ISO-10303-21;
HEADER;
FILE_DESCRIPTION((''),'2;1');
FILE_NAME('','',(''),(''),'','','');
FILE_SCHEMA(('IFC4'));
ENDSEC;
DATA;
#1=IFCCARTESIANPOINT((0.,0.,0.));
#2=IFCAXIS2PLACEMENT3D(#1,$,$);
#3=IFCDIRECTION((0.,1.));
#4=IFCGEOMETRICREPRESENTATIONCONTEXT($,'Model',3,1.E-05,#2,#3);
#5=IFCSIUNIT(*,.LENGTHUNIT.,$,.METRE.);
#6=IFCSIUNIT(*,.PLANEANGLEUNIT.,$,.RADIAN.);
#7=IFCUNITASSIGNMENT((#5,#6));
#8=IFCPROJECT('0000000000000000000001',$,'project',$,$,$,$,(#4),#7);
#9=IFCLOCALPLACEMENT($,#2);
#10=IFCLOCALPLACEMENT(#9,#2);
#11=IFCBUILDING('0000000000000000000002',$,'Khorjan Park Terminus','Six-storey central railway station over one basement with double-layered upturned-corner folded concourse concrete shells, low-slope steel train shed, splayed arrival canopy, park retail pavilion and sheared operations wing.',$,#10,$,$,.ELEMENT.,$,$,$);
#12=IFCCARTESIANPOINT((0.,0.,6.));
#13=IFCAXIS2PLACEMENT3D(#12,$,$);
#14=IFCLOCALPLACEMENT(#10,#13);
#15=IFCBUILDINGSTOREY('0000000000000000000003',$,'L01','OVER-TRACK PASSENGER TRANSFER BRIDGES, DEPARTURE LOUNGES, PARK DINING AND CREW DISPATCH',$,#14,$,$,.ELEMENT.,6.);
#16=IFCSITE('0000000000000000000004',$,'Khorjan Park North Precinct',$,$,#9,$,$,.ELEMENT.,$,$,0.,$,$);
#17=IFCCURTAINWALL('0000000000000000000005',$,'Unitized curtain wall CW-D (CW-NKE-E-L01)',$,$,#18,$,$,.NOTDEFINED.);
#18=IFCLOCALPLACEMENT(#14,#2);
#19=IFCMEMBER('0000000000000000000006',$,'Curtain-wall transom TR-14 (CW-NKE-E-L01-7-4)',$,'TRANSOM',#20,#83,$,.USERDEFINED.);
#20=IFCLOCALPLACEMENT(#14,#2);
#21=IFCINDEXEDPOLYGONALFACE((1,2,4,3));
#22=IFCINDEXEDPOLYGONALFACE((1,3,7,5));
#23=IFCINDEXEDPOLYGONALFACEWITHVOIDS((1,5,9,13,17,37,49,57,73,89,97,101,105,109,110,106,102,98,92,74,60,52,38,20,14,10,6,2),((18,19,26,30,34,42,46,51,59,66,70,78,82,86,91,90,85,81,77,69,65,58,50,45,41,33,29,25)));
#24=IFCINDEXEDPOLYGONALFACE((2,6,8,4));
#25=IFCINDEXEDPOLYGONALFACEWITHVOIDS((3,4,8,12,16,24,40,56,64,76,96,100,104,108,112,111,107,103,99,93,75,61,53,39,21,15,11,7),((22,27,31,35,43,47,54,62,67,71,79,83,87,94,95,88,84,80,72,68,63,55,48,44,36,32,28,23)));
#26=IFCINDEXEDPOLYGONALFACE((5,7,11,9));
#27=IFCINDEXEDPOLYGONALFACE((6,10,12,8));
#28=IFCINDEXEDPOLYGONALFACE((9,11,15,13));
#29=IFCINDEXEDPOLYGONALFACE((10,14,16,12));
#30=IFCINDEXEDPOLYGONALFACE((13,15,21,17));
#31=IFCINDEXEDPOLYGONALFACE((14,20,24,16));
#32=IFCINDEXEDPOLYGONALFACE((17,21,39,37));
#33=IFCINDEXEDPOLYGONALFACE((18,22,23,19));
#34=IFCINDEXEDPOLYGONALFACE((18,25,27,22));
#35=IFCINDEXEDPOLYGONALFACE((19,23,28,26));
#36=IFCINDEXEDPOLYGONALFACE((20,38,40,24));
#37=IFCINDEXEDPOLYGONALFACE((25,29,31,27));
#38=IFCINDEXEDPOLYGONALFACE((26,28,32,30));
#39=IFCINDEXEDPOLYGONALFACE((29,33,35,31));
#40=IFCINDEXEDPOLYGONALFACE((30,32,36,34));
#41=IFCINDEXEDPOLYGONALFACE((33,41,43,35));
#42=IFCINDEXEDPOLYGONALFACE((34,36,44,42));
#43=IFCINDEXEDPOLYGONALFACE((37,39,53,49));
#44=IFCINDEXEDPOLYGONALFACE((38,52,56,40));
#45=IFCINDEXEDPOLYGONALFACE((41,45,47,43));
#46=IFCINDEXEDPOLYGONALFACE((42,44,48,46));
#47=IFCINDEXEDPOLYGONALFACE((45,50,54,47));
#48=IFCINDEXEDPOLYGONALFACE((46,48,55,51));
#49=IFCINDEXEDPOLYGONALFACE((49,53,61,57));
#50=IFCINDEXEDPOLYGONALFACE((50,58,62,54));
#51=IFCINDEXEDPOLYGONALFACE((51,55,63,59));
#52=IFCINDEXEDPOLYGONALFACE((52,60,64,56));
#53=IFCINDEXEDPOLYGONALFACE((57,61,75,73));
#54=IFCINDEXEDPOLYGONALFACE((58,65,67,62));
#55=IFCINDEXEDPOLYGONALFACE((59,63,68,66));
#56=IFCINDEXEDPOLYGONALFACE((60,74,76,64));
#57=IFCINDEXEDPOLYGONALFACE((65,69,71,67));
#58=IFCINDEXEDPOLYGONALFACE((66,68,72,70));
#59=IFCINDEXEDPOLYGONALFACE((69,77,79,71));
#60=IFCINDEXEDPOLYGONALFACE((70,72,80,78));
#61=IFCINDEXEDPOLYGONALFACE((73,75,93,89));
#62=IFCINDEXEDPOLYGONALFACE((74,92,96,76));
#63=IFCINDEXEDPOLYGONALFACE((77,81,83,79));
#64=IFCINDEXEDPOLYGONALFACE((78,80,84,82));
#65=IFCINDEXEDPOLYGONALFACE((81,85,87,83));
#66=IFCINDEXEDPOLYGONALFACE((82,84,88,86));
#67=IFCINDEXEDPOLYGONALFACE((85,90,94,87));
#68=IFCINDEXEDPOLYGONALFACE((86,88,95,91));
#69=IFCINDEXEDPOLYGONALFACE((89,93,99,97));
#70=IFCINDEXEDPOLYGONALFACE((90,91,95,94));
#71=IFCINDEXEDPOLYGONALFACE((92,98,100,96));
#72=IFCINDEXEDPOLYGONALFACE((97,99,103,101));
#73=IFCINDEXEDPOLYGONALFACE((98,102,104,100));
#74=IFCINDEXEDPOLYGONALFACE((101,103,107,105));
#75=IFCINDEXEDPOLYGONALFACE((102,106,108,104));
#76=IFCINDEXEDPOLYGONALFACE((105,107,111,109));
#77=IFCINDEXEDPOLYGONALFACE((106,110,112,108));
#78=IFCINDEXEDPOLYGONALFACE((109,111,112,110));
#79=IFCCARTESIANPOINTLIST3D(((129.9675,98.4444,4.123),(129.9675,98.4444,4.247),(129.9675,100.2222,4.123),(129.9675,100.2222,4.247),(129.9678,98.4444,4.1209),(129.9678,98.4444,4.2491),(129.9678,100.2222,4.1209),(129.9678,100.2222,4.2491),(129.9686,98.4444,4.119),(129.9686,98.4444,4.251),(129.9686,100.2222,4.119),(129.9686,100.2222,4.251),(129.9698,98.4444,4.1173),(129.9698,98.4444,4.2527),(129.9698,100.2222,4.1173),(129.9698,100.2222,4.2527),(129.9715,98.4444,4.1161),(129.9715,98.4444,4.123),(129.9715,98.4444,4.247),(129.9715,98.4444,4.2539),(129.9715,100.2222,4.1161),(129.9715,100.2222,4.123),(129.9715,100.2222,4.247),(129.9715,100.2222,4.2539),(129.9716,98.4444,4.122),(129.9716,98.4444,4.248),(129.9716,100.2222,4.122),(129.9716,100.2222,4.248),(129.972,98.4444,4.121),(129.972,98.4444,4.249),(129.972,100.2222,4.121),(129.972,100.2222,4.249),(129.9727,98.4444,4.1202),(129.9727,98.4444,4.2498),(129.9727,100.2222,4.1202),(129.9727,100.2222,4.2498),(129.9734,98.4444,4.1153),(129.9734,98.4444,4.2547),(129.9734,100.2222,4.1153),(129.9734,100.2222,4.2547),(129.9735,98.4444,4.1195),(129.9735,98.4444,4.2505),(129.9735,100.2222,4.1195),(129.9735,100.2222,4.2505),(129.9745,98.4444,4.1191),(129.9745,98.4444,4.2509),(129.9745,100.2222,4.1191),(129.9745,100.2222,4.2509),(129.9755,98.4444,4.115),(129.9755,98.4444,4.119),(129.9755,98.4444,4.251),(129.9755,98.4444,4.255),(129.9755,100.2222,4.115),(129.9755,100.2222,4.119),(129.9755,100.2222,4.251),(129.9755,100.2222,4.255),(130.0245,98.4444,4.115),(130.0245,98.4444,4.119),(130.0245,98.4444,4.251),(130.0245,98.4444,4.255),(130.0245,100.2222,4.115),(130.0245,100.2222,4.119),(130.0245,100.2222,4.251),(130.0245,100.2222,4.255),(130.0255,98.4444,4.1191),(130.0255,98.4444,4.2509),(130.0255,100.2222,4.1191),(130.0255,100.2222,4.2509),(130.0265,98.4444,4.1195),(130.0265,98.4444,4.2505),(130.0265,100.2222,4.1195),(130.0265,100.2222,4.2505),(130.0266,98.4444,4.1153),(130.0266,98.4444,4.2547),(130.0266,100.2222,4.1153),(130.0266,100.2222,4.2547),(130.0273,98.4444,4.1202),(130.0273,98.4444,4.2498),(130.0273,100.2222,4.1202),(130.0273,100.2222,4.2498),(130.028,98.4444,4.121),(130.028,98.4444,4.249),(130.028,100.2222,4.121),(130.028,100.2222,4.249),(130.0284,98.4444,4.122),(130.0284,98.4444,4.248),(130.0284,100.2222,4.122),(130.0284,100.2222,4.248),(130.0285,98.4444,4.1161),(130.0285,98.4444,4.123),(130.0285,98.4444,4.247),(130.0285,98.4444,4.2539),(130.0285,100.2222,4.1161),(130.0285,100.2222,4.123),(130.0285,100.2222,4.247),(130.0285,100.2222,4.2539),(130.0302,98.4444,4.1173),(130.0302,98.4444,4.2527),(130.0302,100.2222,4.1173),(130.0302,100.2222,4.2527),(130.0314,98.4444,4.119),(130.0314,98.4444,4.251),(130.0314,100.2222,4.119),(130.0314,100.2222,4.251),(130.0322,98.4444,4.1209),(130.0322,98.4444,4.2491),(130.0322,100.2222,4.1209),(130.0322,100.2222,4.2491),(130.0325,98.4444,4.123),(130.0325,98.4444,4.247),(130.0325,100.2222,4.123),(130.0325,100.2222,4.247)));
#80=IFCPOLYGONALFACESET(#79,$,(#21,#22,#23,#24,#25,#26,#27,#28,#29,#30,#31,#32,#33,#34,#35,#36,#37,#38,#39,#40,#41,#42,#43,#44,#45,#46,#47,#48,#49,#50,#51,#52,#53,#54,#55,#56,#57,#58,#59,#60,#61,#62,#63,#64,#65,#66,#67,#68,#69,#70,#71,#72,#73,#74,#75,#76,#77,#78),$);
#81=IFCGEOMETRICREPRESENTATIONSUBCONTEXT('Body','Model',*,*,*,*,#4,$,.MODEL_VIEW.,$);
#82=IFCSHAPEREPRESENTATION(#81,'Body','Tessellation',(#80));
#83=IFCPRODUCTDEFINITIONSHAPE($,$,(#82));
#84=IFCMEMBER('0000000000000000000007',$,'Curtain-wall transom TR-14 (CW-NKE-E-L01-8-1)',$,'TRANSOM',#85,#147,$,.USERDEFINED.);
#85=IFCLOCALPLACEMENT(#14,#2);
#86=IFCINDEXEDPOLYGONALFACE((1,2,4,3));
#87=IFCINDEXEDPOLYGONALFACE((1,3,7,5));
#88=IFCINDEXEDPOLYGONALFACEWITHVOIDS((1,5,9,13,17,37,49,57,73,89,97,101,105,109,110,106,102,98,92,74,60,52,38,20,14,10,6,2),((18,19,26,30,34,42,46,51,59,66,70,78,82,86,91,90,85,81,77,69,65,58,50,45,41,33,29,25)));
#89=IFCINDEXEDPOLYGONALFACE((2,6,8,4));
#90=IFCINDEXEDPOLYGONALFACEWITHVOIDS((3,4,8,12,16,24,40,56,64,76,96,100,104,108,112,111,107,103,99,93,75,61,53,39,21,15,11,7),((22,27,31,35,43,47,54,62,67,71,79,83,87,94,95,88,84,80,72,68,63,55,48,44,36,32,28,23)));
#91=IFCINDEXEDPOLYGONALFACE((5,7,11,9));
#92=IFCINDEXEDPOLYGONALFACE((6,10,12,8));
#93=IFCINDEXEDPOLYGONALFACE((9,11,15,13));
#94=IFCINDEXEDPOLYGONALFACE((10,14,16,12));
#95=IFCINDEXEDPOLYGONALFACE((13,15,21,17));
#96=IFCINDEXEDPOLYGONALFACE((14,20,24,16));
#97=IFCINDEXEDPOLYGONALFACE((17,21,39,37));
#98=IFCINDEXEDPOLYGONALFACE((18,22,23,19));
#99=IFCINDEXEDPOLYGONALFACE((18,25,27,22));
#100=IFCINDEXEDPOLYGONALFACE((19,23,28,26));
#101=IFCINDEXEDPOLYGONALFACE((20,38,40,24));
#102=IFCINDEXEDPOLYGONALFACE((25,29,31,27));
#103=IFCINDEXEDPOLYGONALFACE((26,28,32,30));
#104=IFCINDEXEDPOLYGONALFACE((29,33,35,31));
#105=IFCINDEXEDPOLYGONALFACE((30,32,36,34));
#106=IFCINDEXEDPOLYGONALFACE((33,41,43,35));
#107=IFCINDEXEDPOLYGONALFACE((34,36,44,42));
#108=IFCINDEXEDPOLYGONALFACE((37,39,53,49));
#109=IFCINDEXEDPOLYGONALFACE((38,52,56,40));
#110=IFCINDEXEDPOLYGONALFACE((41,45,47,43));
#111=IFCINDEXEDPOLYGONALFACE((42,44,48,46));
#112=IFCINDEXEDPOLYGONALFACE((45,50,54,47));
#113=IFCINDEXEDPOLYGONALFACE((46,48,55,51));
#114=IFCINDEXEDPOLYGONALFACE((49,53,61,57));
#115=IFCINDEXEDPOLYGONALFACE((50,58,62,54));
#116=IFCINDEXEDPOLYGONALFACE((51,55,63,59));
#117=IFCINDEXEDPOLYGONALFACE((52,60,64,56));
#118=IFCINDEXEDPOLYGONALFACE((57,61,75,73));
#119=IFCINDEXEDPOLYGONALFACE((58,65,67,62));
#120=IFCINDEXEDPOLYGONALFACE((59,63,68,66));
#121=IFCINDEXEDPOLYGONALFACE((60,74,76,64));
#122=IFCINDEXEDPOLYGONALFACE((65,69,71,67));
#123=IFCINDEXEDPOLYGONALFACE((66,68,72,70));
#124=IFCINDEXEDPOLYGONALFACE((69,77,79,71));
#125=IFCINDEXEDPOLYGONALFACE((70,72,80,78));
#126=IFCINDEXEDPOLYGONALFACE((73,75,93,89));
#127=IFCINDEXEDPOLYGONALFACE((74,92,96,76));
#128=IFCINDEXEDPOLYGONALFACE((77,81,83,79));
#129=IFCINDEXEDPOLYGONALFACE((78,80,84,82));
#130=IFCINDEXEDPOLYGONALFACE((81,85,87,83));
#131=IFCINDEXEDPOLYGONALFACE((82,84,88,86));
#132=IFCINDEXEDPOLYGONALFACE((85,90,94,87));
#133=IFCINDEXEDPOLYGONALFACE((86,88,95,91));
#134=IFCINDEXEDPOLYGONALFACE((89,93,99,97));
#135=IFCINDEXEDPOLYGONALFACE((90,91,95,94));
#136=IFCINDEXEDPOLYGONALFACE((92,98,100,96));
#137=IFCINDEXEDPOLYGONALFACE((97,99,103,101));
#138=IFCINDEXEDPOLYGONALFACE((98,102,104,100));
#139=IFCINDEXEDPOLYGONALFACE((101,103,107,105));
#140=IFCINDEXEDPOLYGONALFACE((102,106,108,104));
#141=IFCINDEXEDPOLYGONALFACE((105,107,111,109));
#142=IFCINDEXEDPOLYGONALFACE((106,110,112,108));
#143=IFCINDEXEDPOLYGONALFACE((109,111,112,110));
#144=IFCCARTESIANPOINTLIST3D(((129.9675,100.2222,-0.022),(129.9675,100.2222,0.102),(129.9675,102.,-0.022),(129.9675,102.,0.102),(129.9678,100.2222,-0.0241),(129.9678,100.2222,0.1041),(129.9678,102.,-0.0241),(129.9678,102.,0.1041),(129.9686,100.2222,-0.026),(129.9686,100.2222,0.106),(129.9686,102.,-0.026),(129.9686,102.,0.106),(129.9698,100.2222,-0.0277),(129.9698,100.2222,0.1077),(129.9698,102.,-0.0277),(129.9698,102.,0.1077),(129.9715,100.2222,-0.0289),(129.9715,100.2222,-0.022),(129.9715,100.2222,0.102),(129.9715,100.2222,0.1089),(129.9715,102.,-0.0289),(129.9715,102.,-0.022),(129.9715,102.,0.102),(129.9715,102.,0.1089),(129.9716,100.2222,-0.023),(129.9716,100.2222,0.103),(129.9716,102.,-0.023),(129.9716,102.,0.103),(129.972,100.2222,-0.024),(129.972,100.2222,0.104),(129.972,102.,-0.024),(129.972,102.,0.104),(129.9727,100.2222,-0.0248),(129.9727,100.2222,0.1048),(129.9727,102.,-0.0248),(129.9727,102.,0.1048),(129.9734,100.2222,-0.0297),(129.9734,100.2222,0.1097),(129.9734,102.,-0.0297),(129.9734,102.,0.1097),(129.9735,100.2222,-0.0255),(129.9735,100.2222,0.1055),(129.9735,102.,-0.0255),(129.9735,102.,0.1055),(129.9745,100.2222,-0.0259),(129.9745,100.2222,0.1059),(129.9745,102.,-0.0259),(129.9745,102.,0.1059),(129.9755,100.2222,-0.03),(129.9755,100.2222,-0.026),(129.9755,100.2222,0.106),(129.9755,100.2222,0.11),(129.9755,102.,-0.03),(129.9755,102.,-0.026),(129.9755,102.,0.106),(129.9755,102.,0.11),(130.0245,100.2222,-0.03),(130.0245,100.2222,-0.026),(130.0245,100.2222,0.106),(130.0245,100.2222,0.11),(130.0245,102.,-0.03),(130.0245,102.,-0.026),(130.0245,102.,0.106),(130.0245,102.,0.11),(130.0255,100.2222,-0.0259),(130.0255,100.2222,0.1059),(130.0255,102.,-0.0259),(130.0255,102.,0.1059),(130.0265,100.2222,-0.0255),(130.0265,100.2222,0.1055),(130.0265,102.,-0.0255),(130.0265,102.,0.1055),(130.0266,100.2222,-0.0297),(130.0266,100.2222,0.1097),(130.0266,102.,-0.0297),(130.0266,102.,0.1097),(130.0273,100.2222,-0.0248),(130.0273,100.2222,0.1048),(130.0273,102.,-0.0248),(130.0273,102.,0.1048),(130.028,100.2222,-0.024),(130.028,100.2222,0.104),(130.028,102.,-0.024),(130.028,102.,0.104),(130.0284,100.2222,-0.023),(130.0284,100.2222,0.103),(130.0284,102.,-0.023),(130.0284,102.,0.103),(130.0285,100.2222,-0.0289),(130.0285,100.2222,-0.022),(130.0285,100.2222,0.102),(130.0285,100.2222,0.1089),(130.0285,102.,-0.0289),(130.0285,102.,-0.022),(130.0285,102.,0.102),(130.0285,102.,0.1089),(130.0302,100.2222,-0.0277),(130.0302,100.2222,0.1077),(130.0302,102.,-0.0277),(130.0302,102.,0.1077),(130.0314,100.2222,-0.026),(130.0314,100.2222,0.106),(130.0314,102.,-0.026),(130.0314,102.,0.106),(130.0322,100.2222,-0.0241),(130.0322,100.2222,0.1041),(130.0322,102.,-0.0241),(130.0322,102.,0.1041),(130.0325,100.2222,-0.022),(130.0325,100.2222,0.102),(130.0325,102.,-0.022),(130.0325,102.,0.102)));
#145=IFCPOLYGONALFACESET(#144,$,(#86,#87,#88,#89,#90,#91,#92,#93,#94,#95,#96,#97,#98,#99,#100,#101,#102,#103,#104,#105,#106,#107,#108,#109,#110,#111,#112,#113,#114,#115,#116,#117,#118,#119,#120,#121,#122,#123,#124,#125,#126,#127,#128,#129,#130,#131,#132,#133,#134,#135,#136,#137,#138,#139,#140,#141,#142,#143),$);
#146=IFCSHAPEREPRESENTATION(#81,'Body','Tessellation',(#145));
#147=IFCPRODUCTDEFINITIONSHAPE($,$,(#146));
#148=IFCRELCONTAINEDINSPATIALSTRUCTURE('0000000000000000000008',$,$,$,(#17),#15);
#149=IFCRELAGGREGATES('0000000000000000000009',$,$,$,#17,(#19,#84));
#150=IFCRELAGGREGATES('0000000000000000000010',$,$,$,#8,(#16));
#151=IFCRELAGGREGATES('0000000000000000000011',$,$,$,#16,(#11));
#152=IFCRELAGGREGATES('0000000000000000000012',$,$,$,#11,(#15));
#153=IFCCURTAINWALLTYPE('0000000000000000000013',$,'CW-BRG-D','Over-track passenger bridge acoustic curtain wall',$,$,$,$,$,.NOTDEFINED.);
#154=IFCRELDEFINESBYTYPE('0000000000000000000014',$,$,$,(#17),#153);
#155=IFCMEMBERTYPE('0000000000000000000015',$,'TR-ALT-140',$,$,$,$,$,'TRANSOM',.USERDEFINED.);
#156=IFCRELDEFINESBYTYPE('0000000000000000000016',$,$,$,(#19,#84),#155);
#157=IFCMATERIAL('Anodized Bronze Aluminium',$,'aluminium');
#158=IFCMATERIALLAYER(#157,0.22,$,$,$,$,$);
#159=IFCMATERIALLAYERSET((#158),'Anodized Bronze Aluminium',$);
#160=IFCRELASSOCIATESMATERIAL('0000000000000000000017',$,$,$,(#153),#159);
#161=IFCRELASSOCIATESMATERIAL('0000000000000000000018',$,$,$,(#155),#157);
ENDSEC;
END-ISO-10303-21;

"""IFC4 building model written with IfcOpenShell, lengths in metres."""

from ifc_helpers import new_model, si_unit, direction, frame, origin, origin_2d, place, context, subcontext, project, spatial, hollow_rectangle, extrude, material, layer, layer_set, material_profile, profile_set, type_object, element, aggregate, save


model = new_model("IFC4")

# Units and contexts
model_context = context("Model", 3, precision=1e-05, world=origin(), true_north=direction((0.0, 1.0)))
body_context = subcontext(model_context, "Body", "Model", "MODEL_VIEW")
ifc_project = project(units=[si_unit("LENGTHUNIT", "METRE"), si_unit("PLANEANGLEUNIT", "RADIAN")], contexts=[model_context])

# Site, building, storey
site_placement = place(None, origin())
site = spatial("IfcSite", under=ifc_project, at=site_placement, Name="Khorjan Park North Precinct", CompositionType="ELEMENT", RefElevation=0.0)
building_placement = place(site_placement, origin())
building = spatial("IfcBuilding", under=site, at=building_placement, Name="Khorjan Park Terminus", Description="Six-storey central railway station over one basement with double-layered upturned-corner folded concourse concrete shells, low-slope steel train shed, splayed arrival canopy, park retail pavilion and sheared operations wing.", CompositionType="ELEMENT")
storey_placement = place(building_placement, frame((0.0, 0.0, 6.0)))
storey = spatial("IfcBuildingStorey", under=building, at=storey_placement, Name="L01", Description="OVER-TRACK PASSENGER TRANSFER BRIDGES, DEPARTURE LOUNGES, PARK DINING AND CREW DISPATCH", CompositionType="ELEMENT", Elevation=6.0)

# Curtain wall, members
ifc_material_1 = material(Name="Anodized Bronze Aluminium", Category="aluminium")
ifc_layer_1 = layer(ifc_material_1, 0.22)
ifc_layer_set_1 = layer_set([ifc_layer_1], Name="Anodized Bronze Aluminium")
curtain_wall_type = type_object("IfcCurtainWallType", Name="CW-BRG-D", Description="Over-track passenger bridge acoustic curtain wall", PredefinedType="NOTDEFINED", material=ifc_layer_set_1)
curtain_wall_placement = place(storey_placement, origin())
curtain_wall = element("IfcCurtainWall", 1, at=curtain_wall_placement, inside=storey, type_object=curtain_wall_type, Name="Unitized curtain wall CW-D (CW-NKE-E-L01)", PredefinedType="NOTDEFINED")
ifc_material_profile_1 = material_profile(ifc_material_1, hollow_rectangle(XDim=0.065, YDim=0.14, WallThickness=0.004, InnerFilletRadius=0.004, OuterFilletRadius=0.008, at=origin_2d()), Name="ALT 65x140x4")
ifc_profile_set_1 = profile_set([ifc_material_profile_1], Name="Anodized Bronze Aluminium")
member_type_1 = type_object("IfcMemberType", Name="TR-ALT-140", ElementType="TRANSOM", PredefinedType="USERDEFINED", material=ifc_profile_set_1)
member_1_placement = place(storey_placement, frame((130.0, 98.4444, 4.185), z_axis=(0.0, 1.0, 0.0), x_axis=(-1.0, 0.0, 0.0)))
member_1 = element("IfcMember", 2, at=member_1_placement, type_object=member_type_1, Name="Curtain-wall transom TR-14 (CW-NKE-E-L01-7-4)", ObjectType="TRANSOM", PredefinedType="USERDEFINED", context=body_context, shape_type="SweptSolid", body=[
    extrude(hollow_rectangle(XDim=0.065, YDim=0.14, WallThickness=0.004, InnerFilletRadius=0.004, OuterFilletRadius=0.008, at=origin_2d()), origin(), (0.0, 0.0, 1.0), 1.7778),
])
member_2_placement = place(storey_placement, frame((130.0, 100.2222, 0.04), z_axis=(0.0, 1.0, 0.0), x_axis=(-1.0, 0.0, 0.0)))
member_2 = element("IfcMember", 3, at=member_2_placement, type_object=member_type_1, Name="Curtain-wall transom TR-14 (CW-NKE-E-L01-8-1)", ObjectType="TRANSOM", PredefinedType="USERDEFINED", context=body_context, shape_type="SweptSolid", body=[
    extrude(hollow_rectangle(XDim=0.065, YDim=0.14, WallThickness=0.004, InnerFilletRadius=0.004, OuterFilletRadius=0.008, at=origin_2d()), origin(), (0.0, 0.0, 1.0), 1.7778),
])
aggregate(curtain_wall, [member_1, member_2])

save(model, "model.ifc")
